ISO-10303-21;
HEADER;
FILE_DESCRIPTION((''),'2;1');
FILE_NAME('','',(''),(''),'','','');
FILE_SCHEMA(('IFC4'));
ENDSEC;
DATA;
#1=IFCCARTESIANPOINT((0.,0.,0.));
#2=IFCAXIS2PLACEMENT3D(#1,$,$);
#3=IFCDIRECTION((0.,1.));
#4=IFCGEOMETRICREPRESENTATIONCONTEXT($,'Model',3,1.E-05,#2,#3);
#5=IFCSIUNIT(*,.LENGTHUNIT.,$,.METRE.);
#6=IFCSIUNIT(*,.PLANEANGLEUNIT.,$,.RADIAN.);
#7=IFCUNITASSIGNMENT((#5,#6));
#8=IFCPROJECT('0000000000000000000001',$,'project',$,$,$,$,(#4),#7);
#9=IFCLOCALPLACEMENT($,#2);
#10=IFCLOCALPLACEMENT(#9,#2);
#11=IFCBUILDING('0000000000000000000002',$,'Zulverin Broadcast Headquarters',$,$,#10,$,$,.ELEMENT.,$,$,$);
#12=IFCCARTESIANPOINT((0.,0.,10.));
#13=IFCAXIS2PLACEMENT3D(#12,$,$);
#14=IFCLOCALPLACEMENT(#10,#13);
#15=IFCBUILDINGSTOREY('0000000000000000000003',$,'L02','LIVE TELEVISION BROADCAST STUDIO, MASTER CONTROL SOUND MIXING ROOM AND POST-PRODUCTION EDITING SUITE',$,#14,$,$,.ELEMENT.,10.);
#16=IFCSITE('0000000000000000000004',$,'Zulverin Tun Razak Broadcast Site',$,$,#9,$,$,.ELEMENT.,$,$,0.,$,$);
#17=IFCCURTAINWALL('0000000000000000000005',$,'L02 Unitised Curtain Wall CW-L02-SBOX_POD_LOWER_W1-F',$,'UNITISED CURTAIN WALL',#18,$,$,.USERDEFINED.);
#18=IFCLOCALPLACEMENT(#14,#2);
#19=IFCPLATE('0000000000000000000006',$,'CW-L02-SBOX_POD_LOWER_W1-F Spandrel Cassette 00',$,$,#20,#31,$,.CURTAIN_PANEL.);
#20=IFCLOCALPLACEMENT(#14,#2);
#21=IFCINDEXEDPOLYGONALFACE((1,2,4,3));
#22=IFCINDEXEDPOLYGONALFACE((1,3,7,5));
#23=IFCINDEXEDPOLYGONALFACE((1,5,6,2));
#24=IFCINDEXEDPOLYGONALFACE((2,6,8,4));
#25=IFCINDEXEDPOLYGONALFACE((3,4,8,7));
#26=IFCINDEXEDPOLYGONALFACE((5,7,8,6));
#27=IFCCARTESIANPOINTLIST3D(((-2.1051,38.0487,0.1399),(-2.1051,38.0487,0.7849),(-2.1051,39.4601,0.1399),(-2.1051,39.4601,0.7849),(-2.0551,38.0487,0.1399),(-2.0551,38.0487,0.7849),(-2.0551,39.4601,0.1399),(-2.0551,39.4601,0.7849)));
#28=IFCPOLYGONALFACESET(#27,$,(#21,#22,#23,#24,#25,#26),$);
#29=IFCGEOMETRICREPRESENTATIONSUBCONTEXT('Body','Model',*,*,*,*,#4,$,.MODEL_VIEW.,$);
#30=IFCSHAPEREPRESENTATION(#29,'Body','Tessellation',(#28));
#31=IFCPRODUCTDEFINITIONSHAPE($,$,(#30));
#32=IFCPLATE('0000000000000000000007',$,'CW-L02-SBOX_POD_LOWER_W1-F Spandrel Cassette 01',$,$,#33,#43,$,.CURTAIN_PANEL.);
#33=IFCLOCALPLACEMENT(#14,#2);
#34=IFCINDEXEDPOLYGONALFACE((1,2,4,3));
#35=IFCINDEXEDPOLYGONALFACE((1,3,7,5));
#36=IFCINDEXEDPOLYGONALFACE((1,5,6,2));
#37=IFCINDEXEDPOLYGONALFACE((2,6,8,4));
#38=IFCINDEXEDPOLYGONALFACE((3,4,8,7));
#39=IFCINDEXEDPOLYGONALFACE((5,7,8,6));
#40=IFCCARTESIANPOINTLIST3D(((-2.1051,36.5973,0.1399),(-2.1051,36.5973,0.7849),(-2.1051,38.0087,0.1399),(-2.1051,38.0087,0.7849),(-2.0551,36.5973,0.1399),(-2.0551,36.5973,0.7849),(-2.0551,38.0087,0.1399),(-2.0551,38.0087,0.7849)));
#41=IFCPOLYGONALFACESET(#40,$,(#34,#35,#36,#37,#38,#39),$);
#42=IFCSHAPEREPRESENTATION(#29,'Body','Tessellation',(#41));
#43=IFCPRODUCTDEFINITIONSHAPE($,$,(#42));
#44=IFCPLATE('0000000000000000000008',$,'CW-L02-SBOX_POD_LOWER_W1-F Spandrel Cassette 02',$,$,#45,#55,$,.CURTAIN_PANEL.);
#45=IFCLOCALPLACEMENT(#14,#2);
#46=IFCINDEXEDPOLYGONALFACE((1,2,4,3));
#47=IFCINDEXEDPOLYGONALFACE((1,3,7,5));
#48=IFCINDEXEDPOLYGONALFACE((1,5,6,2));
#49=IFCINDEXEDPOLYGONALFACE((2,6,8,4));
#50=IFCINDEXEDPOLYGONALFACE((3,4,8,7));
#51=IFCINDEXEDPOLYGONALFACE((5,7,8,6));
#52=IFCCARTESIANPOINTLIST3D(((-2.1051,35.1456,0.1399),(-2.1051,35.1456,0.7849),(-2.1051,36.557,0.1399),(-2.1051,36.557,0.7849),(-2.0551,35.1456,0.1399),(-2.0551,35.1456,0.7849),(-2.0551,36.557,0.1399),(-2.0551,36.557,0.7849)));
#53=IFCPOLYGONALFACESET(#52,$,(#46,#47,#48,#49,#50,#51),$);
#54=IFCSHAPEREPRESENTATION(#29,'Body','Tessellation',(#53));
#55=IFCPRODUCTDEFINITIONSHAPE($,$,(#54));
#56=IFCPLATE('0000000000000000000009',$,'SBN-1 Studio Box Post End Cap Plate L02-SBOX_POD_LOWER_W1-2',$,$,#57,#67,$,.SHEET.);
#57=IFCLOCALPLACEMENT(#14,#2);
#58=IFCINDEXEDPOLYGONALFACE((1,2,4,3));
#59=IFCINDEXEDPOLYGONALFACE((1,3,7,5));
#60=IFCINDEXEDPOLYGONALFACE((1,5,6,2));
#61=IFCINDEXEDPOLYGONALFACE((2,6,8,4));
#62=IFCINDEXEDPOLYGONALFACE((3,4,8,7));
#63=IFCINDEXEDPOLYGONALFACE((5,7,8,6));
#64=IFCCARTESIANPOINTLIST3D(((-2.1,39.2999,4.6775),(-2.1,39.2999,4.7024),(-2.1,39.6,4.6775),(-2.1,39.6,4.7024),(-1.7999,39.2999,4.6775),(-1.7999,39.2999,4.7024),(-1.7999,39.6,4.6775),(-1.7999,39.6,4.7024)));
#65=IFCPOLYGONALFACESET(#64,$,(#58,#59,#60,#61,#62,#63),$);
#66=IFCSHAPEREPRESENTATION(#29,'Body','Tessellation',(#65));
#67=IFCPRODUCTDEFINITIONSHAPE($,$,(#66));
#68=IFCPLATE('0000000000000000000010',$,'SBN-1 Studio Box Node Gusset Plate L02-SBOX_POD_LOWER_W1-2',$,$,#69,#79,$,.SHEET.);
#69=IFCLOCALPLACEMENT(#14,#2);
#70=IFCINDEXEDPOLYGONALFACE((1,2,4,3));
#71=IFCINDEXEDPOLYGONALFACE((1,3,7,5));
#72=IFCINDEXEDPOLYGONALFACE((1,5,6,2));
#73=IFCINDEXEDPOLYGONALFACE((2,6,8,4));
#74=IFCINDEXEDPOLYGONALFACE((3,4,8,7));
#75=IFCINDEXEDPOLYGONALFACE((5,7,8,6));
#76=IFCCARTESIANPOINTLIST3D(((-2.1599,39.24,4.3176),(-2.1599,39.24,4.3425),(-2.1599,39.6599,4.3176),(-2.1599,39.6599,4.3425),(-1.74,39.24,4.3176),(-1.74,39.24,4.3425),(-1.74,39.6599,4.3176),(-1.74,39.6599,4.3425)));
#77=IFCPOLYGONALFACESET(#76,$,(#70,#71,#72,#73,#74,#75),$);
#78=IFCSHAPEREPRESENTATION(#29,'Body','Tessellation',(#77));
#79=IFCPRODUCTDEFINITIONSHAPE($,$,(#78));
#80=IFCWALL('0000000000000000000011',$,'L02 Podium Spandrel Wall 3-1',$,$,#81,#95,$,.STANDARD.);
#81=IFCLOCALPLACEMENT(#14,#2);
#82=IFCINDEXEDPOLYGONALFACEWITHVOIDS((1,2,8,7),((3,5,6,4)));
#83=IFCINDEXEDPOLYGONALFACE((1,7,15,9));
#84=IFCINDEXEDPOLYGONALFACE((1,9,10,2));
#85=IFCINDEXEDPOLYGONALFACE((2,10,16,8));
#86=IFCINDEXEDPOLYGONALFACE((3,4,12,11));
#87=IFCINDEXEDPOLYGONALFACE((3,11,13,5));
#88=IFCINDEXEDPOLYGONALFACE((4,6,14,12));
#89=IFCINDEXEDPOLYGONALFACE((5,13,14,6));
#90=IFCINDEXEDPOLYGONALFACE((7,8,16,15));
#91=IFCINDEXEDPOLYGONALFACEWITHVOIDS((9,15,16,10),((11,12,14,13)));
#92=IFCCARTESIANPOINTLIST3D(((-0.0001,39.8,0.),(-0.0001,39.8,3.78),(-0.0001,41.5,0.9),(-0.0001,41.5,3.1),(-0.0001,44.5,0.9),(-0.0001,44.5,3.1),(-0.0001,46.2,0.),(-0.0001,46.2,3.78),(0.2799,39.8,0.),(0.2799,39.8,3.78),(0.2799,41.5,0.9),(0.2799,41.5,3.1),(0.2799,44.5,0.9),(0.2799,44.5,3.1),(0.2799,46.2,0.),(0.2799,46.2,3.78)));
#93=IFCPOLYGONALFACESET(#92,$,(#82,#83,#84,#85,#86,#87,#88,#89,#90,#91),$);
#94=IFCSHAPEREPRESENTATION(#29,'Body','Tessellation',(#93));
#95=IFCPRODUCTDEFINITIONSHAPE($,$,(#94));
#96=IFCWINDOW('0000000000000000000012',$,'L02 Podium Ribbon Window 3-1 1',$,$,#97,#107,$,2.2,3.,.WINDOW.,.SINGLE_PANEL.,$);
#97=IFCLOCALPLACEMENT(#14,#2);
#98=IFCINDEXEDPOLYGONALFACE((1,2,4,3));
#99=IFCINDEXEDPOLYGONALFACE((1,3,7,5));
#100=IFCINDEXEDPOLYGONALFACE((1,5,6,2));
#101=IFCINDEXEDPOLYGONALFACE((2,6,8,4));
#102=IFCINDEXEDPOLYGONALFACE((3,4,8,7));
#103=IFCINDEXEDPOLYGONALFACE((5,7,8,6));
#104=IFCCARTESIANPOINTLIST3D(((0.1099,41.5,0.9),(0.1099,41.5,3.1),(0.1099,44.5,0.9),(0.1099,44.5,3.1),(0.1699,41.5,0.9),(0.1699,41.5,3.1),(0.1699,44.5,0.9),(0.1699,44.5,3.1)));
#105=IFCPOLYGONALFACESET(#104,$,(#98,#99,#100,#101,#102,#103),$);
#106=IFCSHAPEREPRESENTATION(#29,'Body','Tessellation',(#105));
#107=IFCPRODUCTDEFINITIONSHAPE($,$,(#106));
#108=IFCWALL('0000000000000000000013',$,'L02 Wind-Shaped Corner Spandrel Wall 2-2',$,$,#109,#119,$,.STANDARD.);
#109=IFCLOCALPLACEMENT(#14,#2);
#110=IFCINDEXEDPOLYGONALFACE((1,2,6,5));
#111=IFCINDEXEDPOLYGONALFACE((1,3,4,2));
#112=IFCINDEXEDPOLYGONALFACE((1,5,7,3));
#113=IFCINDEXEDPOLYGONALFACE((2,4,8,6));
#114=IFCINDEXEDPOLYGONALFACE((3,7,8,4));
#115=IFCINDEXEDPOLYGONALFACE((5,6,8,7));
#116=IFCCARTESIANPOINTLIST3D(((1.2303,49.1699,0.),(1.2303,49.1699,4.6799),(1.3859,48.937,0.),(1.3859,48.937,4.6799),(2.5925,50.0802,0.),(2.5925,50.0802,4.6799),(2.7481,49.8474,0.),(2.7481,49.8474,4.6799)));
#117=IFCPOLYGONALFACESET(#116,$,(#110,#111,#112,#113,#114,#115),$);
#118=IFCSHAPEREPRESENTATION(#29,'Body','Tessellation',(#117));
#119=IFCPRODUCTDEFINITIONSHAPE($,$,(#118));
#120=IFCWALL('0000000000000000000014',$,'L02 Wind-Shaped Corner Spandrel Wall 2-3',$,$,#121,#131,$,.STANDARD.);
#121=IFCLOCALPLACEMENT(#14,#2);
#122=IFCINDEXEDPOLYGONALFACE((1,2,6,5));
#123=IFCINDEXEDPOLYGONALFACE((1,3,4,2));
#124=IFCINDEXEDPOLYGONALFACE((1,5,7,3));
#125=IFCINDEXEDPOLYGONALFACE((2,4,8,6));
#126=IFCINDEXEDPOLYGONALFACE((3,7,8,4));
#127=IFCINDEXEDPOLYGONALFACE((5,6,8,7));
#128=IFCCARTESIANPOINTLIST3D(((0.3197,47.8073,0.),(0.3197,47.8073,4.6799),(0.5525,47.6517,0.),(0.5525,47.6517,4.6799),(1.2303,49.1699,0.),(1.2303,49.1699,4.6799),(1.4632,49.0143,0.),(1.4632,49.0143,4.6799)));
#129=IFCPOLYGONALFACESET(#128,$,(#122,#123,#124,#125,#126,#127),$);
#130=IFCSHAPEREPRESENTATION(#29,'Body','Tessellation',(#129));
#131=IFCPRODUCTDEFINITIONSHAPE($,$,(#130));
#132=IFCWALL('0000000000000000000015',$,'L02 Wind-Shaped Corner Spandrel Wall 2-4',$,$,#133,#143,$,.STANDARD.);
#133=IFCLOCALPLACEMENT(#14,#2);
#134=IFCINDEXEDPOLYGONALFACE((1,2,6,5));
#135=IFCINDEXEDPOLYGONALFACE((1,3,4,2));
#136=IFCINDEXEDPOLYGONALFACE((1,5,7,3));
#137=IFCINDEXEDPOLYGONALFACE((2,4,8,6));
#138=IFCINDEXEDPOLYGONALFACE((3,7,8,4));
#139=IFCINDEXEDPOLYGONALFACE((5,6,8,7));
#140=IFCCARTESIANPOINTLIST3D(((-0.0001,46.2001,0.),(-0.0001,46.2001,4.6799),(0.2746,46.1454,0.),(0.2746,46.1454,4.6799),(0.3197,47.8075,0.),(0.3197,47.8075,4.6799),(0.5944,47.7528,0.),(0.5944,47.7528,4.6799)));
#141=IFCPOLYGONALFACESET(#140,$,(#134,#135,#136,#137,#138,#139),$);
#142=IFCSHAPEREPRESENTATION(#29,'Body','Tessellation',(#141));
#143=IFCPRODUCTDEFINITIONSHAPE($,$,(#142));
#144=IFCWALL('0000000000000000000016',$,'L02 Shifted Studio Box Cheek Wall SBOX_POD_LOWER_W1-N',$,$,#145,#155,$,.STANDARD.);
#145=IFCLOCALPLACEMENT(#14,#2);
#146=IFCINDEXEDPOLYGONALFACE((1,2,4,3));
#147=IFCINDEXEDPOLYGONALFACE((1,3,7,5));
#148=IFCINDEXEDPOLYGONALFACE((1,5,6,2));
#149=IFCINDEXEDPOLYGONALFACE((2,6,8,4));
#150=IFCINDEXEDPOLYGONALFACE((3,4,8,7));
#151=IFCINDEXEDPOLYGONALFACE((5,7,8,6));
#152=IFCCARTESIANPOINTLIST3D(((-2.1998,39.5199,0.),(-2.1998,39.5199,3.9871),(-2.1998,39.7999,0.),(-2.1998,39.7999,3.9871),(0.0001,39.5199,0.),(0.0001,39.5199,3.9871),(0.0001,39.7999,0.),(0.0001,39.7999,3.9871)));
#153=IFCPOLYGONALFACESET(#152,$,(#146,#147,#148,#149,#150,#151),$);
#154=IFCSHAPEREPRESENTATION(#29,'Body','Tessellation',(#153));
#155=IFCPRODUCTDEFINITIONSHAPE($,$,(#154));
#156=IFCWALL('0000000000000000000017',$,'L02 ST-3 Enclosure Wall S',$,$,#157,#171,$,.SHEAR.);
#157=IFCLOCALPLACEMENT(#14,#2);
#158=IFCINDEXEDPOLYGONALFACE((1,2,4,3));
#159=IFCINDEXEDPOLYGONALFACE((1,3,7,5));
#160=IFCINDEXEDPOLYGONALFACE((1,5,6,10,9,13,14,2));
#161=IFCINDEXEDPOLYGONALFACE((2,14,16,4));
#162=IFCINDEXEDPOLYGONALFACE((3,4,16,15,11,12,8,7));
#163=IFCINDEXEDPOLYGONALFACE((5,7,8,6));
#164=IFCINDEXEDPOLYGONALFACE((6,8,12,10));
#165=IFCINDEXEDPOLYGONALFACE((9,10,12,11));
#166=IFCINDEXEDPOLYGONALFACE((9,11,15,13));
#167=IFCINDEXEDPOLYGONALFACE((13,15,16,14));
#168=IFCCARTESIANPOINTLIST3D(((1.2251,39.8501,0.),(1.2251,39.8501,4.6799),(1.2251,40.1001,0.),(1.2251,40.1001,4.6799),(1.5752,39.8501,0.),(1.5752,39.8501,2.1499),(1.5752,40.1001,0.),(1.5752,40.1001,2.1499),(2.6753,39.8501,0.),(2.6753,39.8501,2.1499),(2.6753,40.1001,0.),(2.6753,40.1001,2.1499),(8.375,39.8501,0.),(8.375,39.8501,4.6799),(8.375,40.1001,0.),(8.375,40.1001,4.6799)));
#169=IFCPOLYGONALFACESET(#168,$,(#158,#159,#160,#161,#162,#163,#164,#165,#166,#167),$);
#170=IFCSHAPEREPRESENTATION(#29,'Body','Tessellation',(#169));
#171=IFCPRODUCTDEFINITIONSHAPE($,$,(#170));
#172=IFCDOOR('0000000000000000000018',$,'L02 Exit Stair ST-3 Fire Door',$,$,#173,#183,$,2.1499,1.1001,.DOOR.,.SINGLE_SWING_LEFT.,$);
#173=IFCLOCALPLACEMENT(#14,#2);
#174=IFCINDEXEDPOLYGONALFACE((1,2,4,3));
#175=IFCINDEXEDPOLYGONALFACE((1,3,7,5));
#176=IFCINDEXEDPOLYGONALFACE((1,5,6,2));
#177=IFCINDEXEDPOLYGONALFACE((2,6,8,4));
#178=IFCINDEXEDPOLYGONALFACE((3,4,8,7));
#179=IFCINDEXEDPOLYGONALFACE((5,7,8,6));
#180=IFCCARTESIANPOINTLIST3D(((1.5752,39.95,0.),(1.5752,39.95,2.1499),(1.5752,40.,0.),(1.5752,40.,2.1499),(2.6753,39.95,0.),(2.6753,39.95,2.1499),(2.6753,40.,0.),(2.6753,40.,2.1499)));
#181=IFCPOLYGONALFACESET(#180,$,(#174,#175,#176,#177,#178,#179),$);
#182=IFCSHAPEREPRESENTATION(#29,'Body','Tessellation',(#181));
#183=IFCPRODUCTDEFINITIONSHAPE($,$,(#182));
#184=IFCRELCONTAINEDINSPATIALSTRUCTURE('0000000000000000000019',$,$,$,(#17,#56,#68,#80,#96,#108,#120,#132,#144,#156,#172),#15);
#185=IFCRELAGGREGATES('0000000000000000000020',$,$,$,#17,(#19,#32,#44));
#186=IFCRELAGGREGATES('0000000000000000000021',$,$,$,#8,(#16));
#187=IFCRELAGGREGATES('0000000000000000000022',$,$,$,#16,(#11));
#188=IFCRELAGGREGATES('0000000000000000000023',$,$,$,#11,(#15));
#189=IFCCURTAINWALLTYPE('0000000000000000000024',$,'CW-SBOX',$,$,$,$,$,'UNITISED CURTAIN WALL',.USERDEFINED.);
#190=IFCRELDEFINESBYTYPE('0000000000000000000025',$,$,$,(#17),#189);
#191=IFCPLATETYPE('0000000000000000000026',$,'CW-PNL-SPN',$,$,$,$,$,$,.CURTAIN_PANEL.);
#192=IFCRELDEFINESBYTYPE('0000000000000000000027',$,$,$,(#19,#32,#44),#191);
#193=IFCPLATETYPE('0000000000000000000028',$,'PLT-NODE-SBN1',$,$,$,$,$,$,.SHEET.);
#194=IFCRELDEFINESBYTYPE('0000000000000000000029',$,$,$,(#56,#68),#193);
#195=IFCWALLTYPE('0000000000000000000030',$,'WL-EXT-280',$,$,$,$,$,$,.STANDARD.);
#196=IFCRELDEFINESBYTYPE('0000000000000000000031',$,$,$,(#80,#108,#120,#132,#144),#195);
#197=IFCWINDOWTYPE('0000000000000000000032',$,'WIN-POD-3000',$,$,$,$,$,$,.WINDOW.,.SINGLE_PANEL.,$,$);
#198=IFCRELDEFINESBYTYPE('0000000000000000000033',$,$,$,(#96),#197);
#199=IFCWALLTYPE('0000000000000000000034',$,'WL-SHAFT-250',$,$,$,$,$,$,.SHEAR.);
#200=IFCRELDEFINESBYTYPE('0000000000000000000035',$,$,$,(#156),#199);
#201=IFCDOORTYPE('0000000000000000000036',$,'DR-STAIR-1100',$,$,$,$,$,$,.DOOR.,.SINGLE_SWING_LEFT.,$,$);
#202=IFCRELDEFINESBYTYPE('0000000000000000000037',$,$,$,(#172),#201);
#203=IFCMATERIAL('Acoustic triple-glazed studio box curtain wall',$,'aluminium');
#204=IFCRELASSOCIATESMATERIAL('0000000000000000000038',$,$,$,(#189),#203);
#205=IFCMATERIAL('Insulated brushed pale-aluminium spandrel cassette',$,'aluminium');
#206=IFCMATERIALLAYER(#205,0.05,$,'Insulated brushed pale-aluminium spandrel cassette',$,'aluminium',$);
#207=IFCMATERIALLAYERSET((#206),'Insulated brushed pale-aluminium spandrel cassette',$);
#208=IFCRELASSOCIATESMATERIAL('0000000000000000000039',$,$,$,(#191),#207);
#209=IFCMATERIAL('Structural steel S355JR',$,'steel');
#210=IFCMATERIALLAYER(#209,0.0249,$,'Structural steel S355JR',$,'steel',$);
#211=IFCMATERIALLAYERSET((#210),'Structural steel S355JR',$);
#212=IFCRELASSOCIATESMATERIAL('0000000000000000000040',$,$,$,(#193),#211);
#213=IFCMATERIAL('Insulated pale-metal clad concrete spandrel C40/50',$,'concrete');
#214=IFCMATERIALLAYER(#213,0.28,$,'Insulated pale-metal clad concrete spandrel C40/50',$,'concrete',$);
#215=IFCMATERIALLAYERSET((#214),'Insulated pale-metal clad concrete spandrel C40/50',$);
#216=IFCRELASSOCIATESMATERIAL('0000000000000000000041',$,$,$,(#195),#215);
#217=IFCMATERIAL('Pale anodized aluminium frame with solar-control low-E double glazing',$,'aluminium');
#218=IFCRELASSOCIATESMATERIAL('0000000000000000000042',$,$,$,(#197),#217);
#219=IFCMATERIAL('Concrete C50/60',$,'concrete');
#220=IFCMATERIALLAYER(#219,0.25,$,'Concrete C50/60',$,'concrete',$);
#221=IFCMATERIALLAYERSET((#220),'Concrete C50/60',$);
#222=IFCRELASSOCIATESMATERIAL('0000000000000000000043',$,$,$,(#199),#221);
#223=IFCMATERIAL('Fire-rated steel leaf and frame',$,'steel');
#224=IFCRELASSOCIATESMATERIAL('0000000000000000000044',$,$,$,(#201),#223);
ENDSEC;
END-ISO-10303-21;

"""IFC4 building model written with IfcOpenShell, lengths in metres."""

from ifc_helpers import new_model, si_unit, direction, frame, frame_2d, origin, origin_2d, place, context, subcontext, project, spatial, rectangle, extrude, material, layer, layer_set, type_object, element, fill, aggregate, save


model = new_model("IFC4")

# Units and contexts
model_context = context("Model", 3, precision=1e-05, world=origin(), true_north=direction((0.0, 1.0)))
body_context = subcontext(model_context, "Body", "Model", "MODEL_VIEW")
ifc_project = project(units=[si_unit("LENGTHUNIT", "METRE"), si_unit("PLANEANGLEUNIT", "RADIAN")], contexts=[model_context])

# Site, building, storey
site_placement = place(None, origin())
site = spatial("IfcSite", under=ifc_project, at=site_placement, Name="Zulverin Tun Razak Broadcast Site", CompositionType="ELEMENT", RefElevation=0.0)
building_placement = place(site_placement, origin())
building = spatial("IfcBuilding", under=site, at=building_placement, Name="Zulverin Broadcast Headquarters", CompositionType="ELEMENT")
storey_placement = place(building_placement, frame((0.0, 0.0, 10.0)))
storey = spatial("IfcBuildingStorey", under=building, at=storey_placement, Name="L02", Description="LIVE TELEVISION BROADCAST STUDIO, MASTER CONTROL SOUND MIXING ROOM AND POST-PRODUCTION EDITING SUITE", CompositionType="ELEMENT", Elevation=10.0)

# Curtain wall
ifc_material_1 = material(Name="Acoustic triple-glazed studio box curtain wall", Category="aluminium")
curtain_wall_type = type_object("IfcCurtainWallType", Name="CW-SBOX", ElementType="UNITISED CURTAIN WALL", PredefinedType="USERDEFINED", material=ifc_material_1)
curtain_wall_placement = place(storey_placement, origin())
curtain_wall = element("IfcCurtainWall", 1, at=curtain_wall_placement, inside=storey, type_object=curtain_wall_type, Name="L02 Unitised Curtain Wall CW-L02-SBOX_POD_LOWER_W1-F", ObjectType="UNITISED CURTAIN WALL", PredefinedType="USERDEFINED")

# Shared definitions
ifc_material_2 = material(Name="Structural steel S355JR", Category="steel")

# Plates
ifc_material_3 = material(Name="Insulated brushed pale-aluminium spandrel cassette", Category="aluminium")
ifc_layer_1 = layer(ifc_material_3, 0.05, Name="Insulated brushed pale-aluminium spandrel cassette", Category="aluminium")
ifc_layer_set_1 = layer_set([ifc_layer_1], Name="Insulated brushed pale-aluminium spandrel cassette")
plate_type_1 = type_object("IfcPlateType", Name="CW-PNL-SPN", PredefinedType="CURTAIN_PANEL", material=ifc_layer_set_1)
plate_1_placement = place(storey_placement, frame((-2.0801, 38.7544, 0.1399), z_axis=(0.0, 0.0, 1.0), x_axis=(0.0, -1.0, 0.0)))
plate_1 = element("IfcPlate", 2, at=plate_1_placement, type_object=plate_type_1, Name="CW-L02-SBOX_POD_LOWER_W1-F Spandrel Cassette 00", PredefinedType="CURTAIN_PANEL", context=body_context, shape_type="SweptSolid", body=[
    extrude(rectangle(XDim=1.4114, YDim=0.05, at=origin_2d()), origin(), (0.0, 0.0, 1.0), 0.645),
])
plate_2_placement = place(storey_placement, frame((-2.0801, 37.303, 0.1399), z_axis=(0.0, 0.0, 1.0), x_axis=(0.0, -1.0, 0.0)))
plate_2 = element("IfcPlate", 3, at=plate_2_placement, type_object=plate_type_1, Name="CW-L02-SBOX_POD_LOWER_W1-F Spandrel Cassette 01", PredefinedType="CURTAIN_PANEL", context=body_context, shape_type="SweptSolid", body=[
    extrude(rectangle(XDim=1.4114, YDim=0.05, at=origin_2d()), origin(), (0.0, 0.0, 1.0), 0.645),
])
plate_3_placement = place(storey_placement, frame((-2.0801, 35.8513, 0.1399), z_axis=(0.0, 0.0, 1.0), x_axis=(0.0, -1.0, 0.0)))
plate_3 = element("IfcPlate", 4, at=plate_3_placement, type_object=plate_type_1, Name="CW-L02-SBOX_POD_LOWER_W1-F Spandrel Cassette 02", PredefinedType="CURTAIN_PANEL", context=body_context, shape_type="SweptSolid", body=[
    extrude(rectangle(XDim=1.4114, YDim=0.05, at=origin_2d()), origin(), (0.0, 0.0, 1.0), 0.645),
])
aggregate(curtain_wall, [plate_1, plate_2, plate_3])

# Plates
ifc_layer_2 = layer(ifc_material_2, 0.0249, Name="Structural steel S355JR", Category="steel")
ifc_layer_set_2 = layer_set([ifc_layer_2], Name="Structural steel S355JR")
plate_type_2 = type_object("IfcPlateType", Name="PLT-NODE-SBN1", PredefinedType="SHEET", material=ifc_layer_set_2)
plate_4_placement = place(storey_placement, frame((-1.95, 39.45, 4.6775), z_axis=(0.0, 0.0, 1.0), x_axis=(1.0, 0.0, 0.0)))
element("IfcPlate", 5, at=plate_4_placement, inside=storey, type_object=plate_type_2, Name="SBN-1 Studio Box Post End Cap Plate L02-SBOX_POD_LOWER_W1-2", PredefinedType="SHEET", context=body_context, shape_type="SweptSolid", body=[
    extrude(rectangle(XDim=0.3, YDim=0.3, at=origin_2d()), origin(), (0.0, 0.0, 1.0), 0.0249),
])
plate_5_placement = place(storey_placement, frame((-1.95, 39.45, 4.3176), z_axis=(0.0, 0.0, 1.0), x_axis=(1.0, 0.0, 0.0)))
element("IfcPlate", 6, at=plate_5_placement, inside=storey, type_object=plate_type_2, Name="SBN-1 Studio Box Node Gusset Plate L02-SBOX_POD_LOWER_W1-2", PredefinedType="SHEET", context=body_context, shape_type="SweptSolid", body=[
    extrude(rectangle(XDim=0.4199, YDim=0.4199, at=origin_2d()), origin(), (0.0, 0.0, 1.0), 0.0249),
])

# Wall, opening, window
ifc_material_4 = material(Name="Insulated pale-metal clad concrete spandrel C40/50", Category="concrete")
ifc_layer_3 = layer(ifc_material_4, 0.28, Name="Insulated pale-metal clad concrete spandrel C40/50", Category="concrete")
ifc_layer_set_3 = layer_set([ifc_layer_3], Name="Insulated pale-metal clad concrete spandrel C40/50")
wall_type_1 = type_object("IfcWallType", Name="WL-EXT-280", PredefinedType="STANDARD", material=ifc_layer_set_3)
wall_1_placement = place(storey_placement, frame((0.1399, 46.2, 0.0), z_axis=(0.0, 0.0, 1.0), x_axis=(0.0, -1.0, 0.0)))
wall_1 = element("IfcWall", 7, at=wall_1_placement, inside=storey, type_object=wall_type_1, Name="L02 Podium Spandrel Wall 3-1", PredefinedType="STANDARD", context=body_context, shape_type="SweptSolid", body=[
    extrude(rectangle(XDim=6.3999, YDim=0.28, at=frame_2d((3.2, 0.0))), origin(), (0.0, 0.0, 1.0), 3.78),
])
opening_1_placement = place(wall_1_placement, frame((1.7, 0.0, 0.8999)))
opening_1 = element("IfcOpeningElement", 8, at=opening_1_placement, cuts=wall_1, PredefinedType="OPENING", context=body_context, shape_type="SweptSolid", body=[
    extrude(rectangle(XDim=3.0, YDim=2.2, at=frame_2d((1.5, 1.1001))), frame((0.0, 0.1499, 0.0), z_axis=(0.0, -1.0, 0.0), x_axis=(1.0, 0.0, 0.0)), (0.0, 0.0, 1.0), 0.3),
])
ifc_material_5 = material(Name="Pale anodized aluminium frame with solar-control low-E double glazing", Category="aluminium")
window_type = type_object("IfcWindowType", Name="WIN-POD-3000", PartitioningType="SINGLE_PANEL", PredefinedType="WINDOW", material=ifc_material_5)
window_placement = place(opening_1_placement, origin())
window = element("IfcWindow", 9, at=window_placement, inside=storey, type_object=window_type, Name="L02 Podium Ribbon Window 3-1 1", OverallHeight=2.2, OverallWidth=3.0, PartitioningType="SINGLE_PANEL", PredefinedType="WINDOW", context=body_context, shape_type="SweptSolid", body=[
    extrude(rectangle(XDim=3.0, YDim=2.2, at=frame_2d((1.5, 1.1001))), frame((0.0, 0.03, 0.0), z_axis=(0.0, -1.0, 0.0), x_axis=(1.0, 0.0, 0.0)), (0.0, 0.0, 1.0), 0.0601),
])
fill(opening_1, window)

# Walls
wall_2_placement = place(storey_placement, frame((2.6704, 49.9639, 0.0), z_axis=(0.0, 0.0, 1.0), x_axis=(-0.831431, -0.555628, 0.0)))
element("IfcWall", 10, at=wall_2_placement, inside=storey, type_object=wall_type_1, Name="L02 Wind-Shaped Corner Spandrel Wall 2-2", PredefinedType="STANDARD", context=body_context, shape_type="SweptSolid", body=[
    extrude(rectangle(XDim=1.6384, YDim=0.28, at=frame_2d((0.8193, 0.0))), origin(), (0.0, 0.0, 1.0), 4.6799),
])
for number, where, z_axis, x_axis, name in (
    (11, (1.3467, 49.092, 0.0), (0.0, 0.0, 1.0), (-0.555662, -0.831408, 0.0), "L02 Wind-Shaped Corner Spandrel Wall 2-3"),
    (12, (0.457, 47.78, 0.0), (0.0, 0.0, 1.0), (-0.195142, -0.980775, 0.0), "L02 Wind-Shaped Corner Spandrel Wall 2-4"),
):
    element("IfcWall", number, at=place(storey_placement, frame(where, z_axis=z_axis, x_axis=x_axis)), inside=storey, type_object=wall_type_1, Name=name, PredefinedType="STANDARD", context=body_context, shape_type="SweptSolid", body=[
        extrude(rectangle(XDim=1.6389, YDim=0.28, at=frame_2d((0.8193, 0.0))), origin(), (0.0, 0.0, 1.0), 4.6799),
    ])
wall_3_placement = place(storey_placement, frame((-2.2, 39.6599, 0.0), z_axis=(0.0, 0.0, 1.0), x_axis=(1.0, 0.0, 0.0)))
element("IfcWall", 13, at=wall_3_placement, inside=storey, type_object=wall_type_1, Name="L02 Shifted Studio Box Cheek Wall SBOX_POD_LOWER_W1-N", PredefinedType="STANDARD", context=body_context, shape_type="SweptSolid", body=[
    extrude(rectangle(XDim=2.2, YDim=0.28, at=frame_2d((1.1001, 0.0))), origin(), (0.0, 0.0, 1.0), 3.9871),
])

# Wall, opening, door
ifc_material_6 = material(Name="Concrete C50/60", Category="concrete")
ifc_layer_4 = layer(ifc_material_6, 0.25, Name="Concrete C50/60", Category="concrete")
ifc_layer_set_4 = layer_set([ifc_layer_4], Name="Concrete C50/60")
wall_type_2 = type_object("IfcWallType", Name="WL-SHAFT-250", PredefinedType="SHEAR", material=ifc_layer_set_4)
wall_4_placement = place(storey_placement, frame((1.2251, 39.9751, 0.0), z_axis=(0.0, 0.0, 1.0), x_axis=(1.0, 0.0, 0.0)))
wall_4 = element("IfcWall", 14, at=wall_4_placement, inside=storey, type_object=wall_type_2, Name="L02 ST-3 Enclosure Wall S", PredefinedType="SHEAR", context=body_context, shape_type="SweptSolid", body=[
    extrude(rectangle(XDim=7.1499, YDim=0.25, at=frame_2d((3.575, 0.0))), origin(), (0.0, 0.0, 1.0), 4.6799),
])
opening_2_placement = place(wall_4_placement, frame((0.3501, 0.0, 0.0)))
opening_2 = element("IfcOpeningElement", 15, at=opening_2_placement, cuts=wall_4, PredefinedType="OPENING", context=body_context, shape_type="SweptSolid", body=[
    extrude(rectangle(XDim=1.1001, YDim=2.1499, at=frame_2d((0.55, 1.075))), frame((0.0, 0.135, 0.0), z_axis=(0.0, -1.0, 0.0), x_axis=(1.0, 0.0, 0.0)), (0.0, 0.0, 1.0), 0.27),
])
ifc_material_7 = material(Name="Fire-rated steel leaf and frame", Category="steel")
door_type = type_object("IfcDoorType", Name="DR-STAIR-1100", OperationType="SINGLE_SWING_LEFT", PredefinedType="DOOR", material=ifc_material_7)
door_placement = place(opening_2_placement, origin())
door = element("IfcDoor", 16, at=door_placement, inside=storey, type_object=door_type, Name="L02 Exit Stair ST-3 Fire Door", OperationType="SINGLE_SWING_LEFT", OverallHeight=2.1499, OverallWidth=1.1001, PredefinedType="DOOR", context=body_context, shape_type="SweptSolid", body=[
    extrude(rectangle(XDim=1.1001, YDim=2.1499, at=frame_2d((0.55, 1.075))), frame((0.0, 0.0249, 0.0), z_axis=(0.0, -1.0, 0.0), x_axis=(1.0, 0.0, 0.0)), (0.0, 0.0, 1.0), 0.05),
])
fill(opening_2, door)

save(model, "model.ifc")
